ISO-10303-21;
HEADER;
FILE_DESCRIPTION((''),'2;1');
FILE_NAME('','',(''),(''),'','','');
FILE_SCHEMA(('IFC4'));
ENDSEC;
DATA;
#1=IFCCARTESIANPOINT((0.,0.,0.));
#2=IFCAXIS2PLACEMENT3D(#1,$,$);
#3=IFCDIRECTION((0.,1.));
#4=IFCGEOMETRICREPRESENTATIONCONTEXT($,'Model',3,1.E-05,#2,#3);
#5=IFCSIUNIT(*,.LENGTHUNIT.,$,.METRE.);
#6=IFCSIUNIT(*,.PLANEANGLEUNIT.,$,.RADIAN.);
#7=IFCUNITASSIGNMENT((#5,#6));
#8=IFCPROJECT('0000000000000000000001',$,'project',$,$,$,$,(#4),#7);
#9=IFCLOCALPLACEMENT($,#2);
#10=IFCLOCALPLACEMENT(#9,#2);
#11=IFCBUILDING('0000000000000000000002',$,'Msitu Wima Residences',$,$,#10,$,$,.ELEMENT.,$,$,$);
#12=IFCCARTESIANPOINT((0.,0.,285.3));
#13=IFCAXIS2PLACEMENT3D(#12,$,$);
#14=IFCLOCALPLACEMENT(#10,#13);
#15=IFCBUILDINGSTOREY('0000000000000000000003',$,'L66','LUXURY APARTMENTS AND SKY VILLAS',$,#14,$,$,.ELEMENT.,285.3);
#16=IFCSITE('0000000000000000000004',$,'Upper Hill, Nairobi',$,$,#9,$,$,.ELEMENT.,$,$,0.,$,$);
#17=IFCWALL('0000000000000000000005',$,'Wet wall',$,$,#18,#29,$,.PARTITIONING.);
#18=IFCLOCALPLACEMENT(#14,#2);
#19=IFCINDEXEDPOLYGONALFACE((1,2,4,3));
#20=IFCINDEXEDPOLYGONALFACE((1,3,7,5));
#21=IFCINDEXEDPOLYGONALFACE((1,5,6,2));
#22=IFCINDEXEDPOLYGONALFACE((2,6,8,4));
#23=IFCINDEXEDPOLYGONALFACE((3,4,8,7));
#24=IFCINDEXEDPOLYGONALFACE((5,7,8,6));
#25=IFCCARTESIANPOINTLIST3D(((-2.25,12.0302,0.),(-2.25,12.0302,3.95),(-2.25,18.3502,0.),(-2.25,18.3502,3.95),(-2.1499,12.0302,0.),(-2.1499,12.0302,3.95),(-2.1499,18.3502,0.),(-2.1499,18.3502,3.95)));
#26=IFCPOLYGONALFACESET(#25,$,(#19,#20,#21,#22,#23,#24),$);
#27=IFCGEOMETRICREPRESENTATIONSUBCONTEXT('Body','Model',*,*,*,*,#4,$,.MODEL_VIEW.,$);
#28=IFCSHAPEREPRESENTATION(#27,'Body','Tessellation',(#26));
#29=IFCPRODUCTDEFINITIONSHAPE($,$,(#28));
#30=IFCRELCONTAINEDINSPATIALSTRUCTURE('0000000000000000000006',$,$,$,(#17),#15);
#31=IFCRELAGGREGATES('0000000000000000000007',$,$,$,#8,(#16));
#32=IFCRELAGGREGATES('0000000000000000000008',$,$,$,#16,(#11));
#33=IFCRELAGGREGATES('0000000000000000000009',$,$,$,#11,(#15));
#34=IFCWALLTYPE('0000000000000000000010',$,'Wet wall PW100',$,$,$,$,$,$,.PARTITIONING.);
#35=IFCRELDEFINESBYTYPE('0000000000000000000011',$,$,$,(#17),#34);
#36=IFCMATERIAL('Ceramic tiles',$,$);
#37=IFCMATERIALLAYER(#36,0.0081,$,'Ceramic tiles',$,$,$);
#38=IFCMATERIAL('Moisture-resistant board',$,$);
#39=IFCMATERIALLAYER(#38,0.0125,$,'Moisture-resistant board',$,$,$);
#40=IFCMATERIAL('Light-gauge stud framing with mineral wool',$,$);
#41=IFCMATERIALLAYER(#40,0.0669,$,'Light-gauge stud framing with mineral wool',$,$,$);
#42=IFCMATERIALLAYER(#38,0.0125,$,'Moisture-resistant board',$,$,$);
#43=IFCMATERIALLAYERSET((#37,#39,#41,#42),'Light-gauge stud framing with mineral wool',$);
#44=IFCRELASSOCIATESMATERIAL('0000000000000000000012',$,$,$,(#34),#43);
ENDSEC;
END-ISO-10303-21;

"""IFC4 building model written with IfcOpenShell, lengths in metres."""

from ifc_helpers import new_model, si_unit, direction, frame, frame_2d, origin, place, context, subcontext, project, spatial, rectangle, extrude, material, layer, layer_set, type_object, element, save


model = new_model("IFC4")

# Units and contexts
model_context = context("Model", 3, precision=1e-05, world=origin(), true_north=direction((0.0, 1.0)))
body_context = subcontext(model_context, "Body", "Model", "MODEL_VIEW")
ifc_project = project(units=[si_unit("LENGTHUNIT", "METRE"), si_unit("PLANEANGLEUNIT", "RADIAN")], contexts=[model_context])

# Site, building, storey
site_placement = place(None, origin())
site = spatial("IfcSite", under=ifc_project, at=site_placement, Name="Upper Hill, Nairobi", CompositionType="ELEMENT", RefElevation=0.0)
building_placement = place(site_placement, origin())
building = spatial("IfcBuilding", under=site, at=building_placement, Name="Msitu Wima Residences", CompositionType="ELEMENT")
storey_placement = place(building_placement, frame((0.0, 0.0, 285.3)))
storey = spatial("IfcBuildingStorey", under=building, at=storey_placement, Name="L66", Description="LUXURY APARTMENTS AND SKY VILLAS", CompositionType="ELEMENT", Elevation=285.3)

# Shared definitions
ifc_material_1 = material(Name="Ceramic tiles")
ifc_layer_1 = layer(ifc_material_1, 0.0081, Name="Ceramic tiles")
ifc_material_2 = material(Name="Moisture-resistant board")
ifc_layer_2 = layer(ifc_material_2, 0.0125, Name="Moisture-resistant board")
ifc_material_3 = material(Name="Light-gauge stud framing with mineral wool")
ifc_layer_3 = layer(ifc_material_3, 0.0669, Name="Light-gauge stud framing with mineral wool")
ifc_layer_4 = layer(ifc_material_2, 0.0125, Name="Moisture-resistant board")
ifc_layer_set_1 = layer_set([ifc_layer_1, ifc_layer_2, ifc_layer_3, ifc_layer_4], Name="Light-gauge stud framing with mineral wool")
wall_type_1 = type_object("IfcWallType", Name="Wet wall PW100", PredefinedType="PARTITIONING", material=ifc_layer_set_1)

# Wall
wall_1_placement = place(storey_placement, frame((-2.2, 12.03, 0.0), z_axis=(0.0, 0.0, 1.0), x_axis=(0.0, 1.0, 0.0)))
element("IfcWall", 1, at=wall_1_placement, inside=storey, type_object=wall_type_1, Name="Wet wall", PredefinedType="PARTITIONING", context=body_context, shape_type="SweptSolid", body=[
    extrude(rectangle(XDim=6.3201, YDim=0.1001, at=frame_2d((3.1602, 0.0))), origin(), (0.0, 0.0, 1.0), 3.95),
])

save(model, "model.ifc")
